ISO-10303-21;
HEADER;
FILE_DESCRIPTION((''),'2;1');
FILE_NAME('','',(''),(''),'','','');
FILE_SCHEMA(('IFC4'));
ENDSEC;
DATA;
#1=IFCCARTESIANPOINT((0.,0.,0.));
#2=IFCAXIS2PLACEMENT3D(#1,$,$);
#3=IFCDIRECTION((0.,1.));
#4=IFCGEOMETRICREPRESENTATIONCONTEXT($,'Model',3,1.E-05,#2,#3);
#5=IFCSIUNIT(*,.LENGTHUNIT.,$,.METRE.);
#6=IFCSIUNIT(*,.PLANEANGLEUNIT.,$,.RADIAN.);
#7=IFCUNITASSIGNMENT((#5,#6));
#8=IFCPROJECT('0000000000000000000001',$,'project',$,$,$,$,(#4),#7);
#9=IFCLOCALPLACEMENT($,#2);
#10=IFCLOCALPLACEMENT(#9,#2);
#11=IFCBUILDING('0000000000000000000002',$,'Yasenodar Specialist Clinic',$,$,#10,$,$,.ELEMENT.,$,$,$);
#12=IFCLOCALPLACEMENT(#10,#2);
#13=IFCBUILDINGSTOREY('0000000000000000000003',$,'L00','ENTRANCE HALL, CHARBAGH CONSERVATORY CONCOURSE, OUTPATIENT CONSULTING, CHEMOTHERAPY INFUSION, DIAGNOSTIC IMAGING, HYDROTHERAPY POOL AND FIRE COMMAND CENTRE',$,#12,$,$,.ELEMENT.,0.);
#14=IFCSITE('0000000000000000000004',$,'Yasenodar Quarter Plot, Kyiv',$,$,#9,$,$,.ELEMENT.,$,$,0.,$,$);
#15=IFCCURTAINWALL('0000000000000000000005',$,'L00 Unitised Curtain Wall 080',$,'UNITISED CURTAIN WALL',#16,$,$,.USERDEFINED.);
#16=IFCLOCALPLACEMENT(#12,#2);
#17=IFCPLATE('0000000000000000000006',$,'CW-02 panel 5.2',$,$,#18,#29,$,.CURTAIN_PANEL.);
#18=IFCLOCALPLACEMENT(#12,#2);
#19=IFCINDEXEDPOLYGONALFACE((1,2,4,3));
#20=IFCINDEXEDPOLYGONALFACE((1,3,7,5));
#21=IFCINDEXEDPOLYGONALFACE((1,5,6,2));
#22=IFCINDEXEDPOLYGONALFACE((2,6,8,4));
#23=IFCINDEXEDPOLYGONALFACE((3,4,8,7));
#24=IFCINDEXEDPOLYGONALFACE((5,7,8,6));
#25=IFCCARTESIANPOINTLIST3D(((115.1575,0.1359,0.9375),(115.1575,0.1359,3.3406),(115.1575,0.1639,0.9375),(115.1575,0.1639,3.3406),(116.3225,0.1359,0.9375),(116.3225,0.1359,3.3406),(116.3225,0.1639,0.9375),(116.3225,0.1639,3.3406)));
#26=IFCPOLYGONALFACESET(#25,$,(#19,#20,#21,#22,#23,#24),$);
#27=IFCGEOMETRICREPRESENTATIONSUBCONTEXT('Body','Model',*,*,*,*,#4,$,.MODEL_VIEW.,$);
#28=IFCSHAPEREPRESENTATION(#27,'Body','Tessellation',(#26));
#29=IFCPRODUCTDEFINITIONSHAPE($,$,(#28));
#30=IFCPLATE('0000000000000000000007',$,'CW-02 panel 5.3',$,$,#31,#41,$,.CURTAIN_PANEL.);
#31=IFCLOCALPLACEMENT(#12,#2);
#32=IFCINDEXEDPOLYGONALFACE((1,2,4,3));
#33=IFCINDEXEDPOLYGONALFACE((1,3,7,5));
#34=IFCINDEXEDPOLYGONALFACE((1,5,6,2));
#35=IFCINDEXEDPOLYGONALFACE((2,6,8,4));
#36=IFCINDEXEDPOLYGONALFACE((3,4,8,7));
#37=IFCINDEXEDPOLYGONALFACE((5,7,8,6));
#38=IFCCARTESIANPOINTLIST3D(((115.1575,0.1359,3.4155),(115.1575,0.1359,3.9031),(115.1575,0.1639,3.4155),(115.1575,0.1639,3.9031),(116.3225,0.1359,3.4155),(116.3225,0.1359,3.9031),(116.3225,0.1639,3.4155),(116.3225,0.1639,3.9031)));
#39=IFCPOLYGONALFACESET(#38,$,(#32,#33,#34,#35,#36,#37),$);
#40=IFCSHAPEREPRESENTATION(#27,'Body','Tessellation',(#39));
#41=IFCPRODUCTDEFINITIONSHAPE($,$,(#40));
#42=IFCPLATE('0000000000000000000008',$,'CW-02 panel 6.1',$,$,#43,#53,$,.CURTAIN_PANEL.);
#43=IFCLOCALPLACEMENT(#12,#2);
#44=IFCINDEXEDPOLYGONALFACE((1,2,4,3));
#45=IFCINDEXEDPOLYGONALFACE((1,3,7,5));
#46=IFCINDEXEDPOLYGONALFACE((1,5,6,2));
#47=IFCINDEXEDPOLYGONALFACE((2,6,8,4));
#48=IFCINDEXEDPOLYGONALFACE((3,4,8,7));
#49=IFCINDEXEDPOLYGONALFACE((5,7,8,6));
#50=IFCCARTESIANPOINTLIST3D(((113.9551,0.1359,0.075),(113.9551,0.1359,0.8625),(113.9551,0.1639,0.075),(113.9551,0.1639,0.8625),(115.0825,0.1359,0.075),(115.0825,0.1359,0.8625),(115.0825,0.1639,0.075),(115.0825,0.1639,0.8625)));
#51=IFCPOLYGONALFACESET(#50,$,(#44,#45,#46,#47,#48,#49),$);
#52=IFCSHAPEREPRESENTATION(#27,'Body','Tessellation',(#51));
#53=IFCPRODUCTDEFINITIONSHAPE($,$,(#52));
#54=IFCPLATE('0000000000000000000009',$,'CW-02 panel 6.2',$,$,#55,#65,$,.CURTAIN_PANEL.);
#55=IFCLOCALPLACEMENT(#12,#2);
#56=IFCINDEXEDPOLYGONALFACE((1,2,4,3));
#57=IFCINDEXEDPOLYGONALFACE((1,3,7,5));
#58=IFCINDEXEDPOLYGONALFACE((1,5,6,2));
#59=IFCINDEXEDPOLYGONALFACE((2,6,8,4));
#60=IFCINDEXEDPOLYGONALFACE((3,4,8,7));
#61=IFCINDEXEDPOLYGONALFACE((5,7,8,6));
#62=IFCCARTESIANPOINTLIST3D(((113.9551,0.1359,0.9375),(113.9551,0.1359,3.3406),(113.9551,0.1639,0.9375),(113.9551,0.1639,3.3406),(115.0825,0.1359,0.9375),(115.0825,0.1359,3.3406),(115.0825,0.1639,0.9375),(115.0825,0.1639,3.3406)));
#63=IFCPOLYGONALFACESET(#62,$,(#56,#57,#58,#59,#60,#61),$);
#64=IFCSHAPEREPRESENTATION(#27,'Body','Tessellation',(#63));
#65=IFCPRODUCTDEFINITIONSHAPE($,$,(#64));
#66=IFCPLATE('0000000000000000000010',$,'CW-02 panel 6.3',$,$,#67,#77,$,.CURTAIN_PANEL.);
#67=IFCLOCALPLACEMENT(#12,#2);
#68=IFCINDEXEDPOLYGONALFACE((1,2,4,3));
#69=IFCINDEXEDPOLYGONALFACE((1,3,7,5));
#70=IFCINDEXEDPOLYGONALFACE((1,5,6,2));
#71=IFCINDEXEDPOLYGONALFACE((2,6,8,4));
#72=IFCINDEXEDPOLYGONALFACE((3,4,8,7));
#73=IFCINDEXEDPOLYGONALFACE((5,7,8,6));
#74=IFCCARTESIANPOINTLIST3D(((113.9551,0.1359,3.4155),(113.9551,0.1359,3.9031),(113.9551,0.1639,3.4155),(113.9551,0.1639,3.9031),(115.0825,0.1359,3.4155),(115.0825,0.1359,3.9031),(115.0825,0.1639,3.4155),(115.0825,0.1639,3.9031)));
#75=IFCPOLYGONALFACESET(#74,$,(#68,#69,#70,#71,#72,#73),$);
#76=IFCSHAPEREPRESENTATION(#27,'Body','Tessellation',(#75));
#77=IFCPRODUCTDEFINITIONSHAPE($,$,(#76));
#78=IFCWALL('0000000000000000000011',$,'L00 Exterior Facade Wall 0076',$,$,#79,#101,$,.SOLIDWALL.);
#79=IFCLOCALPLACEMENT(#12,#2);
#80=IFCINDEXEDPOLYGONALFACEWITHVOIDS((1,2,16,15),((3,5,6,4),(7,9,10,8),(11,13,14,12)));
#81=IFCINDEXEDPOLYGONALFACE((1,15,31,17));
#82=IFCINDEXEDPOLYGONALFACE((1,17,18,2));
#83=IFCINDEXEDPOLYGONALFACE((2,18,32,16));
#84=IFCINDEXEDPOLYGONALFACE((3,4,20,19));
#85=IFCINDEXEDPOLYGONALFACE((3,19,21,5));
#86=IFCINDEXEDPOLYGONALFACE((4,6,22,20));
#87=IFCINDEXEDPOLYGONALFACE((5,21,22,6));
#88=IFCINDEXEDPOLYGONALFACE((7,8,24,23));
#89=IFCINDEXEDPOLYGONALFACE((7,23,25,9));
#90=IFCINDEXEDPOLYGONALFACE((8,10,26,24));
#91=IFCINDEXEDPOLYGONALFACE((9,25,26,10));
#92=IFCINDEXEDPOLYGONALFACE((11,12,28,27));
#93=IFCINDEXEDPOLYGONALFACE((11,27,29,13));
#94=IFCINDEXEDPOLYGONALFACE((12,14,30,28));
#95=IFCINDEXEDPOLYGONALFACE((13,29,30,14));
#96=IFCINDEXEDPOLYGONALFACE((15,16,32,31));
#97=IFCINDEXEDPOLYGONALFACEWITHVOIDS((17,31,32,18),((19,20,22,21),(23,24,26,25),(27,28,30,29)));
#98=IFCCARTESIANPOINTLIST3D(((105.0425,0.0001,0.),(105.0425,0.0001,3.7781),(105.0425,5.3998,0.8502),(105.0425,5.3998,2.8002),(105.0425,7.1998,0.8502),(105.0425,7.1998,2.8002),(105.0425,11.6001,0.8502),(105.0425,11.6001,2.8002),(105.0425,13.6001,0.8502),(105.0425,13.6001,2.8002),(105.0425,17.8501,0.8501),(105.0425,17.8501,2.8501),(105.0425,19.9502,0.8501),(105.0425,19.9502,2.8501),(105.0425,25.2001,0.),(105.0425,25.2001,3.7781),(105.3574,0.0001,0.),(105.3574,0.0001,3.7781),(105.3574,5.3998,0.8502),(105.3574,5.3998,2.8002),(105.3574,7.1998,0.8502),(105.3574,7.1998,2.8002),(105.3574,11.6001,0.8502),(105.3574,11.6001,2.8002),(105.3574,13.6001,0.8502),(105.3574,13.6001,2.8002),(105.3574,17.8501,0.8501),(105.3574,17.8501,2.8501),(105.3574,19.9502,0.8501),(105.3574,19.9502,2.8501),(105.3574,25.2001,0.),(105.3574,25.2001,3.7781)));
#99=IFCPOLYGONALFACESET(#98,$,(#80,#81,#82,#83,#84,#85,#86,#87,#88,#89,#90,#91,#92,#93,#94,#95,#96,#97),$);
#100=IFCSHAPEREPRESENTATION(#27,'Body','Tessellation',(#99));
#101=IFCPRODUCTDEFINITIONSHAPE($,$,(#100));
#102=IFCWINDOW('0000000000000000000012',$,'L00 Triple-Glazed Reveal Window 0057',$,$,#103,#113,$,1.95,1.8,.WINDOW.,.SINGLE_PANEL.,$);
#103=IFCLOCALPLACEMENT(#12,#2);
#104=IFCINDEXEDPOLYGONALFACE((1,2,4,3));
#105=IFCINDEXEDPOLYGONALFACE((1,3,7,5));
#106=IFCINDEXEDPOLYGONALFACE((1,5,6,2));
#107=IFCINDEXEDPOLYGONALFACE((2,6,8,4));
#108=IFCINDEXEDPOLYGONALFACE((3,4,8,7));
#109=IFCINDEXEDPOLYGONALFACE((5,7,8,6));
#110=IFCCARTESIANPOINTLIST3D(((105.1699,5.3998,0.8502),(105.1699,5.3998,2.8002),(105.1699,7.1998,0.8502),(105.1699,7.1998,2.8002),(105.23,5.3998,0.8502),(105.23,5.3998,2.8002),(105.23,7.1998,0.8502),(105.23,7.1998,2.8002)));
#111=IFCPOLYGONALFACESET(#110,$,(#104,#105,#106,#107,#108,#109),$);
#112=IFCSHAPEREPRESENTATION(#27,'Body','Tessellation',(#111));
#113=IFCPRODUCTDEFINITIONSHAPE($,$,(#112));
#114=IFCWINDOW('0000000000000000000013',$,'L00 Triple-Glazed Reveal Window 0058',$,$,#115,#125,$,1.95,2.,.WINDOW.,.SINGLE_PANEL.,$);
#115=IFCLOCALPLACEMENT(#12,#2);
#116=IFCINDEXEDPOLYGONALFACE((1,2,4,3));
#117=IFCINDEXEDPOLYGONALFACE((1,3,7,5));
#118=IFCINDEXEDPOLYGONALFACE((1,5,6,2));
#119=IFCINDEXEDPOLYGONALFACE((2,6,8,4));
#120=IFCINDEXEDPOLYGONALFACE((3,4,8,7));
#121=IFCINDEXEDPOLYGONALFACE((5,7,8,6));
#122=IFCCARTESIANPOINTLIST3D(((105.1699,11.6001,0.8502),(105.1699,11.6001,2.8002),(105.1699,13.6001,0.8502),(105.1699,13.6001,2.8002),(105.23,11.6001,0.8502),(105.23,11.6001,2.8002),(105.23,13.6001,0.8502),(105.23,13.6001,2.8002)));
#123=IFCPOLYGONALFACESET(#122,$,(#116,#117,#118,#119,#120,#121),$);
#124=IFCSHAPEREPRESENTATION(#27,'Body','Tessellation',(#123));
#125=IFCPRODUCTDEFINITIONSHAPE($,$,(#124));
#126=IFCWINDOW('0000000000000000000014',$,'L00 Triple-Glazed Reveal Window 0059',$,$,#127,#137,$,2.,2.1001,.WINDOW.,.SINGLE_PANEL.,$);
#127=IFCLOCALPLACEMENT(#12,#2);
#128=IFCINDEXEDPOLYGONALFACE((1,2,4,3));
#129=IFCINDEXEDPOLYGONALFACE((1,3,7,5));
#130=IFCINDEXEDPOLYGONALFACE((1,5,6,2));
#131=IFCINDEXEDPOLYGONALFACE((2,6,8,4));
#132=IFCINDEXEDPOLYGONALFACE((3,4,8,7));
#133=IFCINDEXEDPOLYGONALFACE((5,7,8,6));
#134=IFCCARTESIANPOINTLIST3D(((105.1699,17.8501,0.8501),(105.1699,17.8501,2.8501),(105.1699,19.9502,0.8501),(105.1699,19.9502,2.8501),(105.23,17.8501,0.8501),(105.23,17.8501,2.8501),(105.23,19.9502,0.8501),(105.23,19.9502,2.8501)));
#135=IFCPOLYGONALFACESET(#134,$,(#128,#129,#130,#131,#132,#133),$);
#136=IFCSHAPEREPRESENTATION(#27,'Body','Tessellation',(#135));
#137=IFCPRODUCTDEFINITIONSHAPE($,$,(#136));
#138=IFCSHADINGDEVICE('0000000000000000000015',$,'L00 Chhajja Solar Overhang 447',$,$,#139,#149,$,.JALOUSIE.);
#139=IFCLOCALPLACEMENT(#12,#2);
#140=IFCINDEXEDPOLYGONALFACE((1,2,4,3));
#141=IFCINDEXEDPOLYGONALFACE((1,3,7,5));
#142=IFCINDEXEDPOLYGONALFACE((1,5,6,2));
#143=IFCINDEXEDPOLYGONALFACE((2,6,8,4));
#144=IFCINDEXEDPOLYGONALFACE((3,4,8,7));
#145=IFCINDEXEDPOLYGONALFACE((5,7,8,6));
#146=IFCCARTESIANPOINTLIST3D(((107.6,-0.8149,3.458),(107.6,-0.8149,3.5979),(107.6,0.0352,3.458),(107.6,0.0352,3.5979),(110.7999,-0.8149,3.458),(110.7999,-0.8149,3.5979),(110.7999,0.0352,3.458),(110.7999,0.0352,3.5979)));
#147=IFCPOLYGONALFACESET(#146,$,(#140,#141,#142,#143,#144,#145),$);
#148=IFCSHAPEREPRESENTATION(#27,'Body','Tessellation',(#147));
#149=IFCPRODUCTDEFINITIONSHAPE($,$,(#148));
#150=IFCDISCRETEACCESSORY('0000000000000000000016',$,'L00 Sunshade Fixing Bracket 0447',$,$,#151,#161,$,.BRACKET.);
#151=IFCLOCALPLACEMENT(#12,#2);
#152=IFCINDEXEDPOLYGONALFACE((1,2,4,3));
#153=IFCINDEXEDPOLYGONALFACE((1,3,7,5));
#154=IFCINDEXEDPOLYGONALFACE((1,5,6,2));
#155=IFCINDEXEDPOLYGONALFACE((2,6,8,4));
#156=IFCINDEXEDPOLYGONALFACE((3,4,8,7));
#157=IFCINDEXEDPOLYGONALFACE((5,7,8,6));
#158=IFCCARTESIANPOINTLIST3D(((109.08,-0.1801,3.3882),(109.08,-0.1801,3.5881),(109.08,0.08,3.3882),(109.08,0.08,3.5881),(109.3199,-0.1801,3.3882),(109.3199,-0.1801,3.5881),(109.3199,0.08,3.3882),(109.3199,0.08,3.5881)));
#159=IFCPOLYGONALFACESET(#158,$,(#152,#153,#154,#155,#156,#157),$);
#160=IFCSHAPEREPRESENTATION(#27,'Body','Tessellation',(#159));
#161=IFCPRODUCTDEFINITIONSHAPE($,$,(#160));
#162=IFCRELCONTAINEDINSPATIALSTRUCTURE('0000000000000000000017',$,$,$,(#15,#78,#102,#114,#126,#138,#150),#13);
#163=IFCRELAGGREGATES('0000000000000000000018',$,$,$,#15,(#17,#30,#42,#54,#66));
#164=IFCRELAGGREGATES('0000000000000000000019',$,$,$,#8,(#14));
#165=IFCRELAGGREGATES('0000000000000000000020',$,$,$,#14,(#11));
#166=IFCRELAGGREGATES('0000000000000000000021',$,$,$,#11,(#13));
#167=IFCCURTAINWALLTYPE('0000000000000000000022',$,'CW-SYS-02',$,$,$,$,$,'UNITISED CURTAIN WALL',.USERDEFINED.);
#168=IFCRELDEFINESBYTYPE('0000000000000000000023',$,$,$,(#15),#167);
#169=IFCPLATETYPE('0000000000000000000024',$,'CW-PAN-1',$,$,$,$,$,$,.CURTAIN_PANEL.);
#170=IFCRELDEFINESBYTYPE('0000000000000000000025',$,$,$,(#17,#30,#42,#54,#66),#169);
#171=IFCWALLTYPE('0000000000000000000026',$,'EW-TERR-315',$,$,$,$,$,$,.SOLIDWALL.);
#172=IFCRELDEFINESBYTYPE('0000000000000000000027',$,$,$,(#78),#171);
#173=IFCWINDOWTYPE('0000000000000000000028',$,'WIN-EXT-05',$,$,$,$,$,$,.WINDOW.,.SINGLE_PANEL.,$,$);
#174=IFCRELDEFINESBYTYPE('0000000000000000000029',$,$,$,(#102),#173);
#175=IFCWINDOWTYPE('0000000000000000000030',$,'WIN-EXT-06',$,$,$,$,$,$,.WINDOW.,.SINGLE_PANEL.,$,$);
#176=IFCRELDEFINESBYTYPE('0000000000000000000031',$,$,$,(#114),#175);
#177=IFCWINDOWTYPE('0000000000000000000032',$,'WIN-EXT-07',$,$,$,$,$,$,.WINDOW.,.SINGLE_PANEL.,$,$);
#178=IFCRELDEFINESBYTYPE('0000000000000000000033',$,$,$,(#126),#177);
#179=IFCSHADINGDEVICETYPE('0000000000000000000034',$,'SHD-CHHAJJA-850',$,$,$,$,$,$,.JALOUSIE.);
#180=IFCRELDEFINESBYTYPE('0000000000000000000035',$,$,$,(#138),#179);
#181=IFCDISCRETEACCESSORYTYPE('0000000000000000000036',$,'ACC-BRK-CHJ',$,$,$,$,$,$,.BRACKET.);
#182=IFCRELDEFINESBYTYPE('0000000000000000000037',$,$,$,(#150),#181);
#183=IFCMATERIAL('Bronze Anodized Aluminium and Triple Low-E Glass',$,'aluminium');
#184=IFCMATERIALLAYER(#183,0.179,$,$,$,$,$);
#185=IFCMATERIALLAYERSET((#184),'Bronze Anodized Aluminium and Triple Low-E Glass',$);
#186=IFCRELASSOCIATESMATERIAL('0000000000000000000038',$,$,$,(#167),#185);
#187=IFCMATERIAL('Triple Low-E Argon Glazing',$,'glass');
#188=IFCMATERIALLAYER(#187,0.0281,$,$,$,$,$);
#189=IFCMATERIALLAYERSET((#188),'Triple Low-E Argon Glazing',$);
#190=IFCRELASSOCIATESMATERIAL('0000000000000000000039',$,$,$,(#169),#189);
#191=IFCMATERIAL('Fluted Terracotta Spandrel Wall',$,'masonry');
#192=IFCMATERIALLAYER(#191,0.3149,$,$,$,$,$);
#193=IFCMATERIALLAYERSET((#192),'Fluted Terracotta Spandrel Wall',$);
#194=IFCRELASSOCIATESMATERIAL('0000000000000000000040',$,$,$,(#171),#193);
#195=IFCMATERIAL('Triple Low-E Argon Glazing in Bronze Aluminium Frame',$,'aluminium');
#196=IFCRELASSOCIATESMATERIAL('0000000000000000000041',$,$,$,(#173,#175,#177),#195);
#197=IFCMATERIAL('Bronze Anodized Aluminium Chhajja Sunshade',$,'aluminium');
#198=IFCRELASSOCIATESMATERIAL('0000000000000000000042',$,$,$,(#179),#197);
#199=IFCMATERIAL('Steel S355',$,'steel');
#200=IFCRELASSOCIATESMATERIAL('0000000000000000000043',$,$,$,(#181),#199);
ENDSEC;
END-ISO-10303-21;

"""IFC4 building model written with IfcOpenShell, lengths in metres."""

from ifc_helpers import new_model, si_unit, direction, frame, frame_2d, origin, origin_2d, place, context, subcontext, project, spatial, rectangle, extrude, material, layer, layer_set, type_object, element, fill, aggregate, save


model = new_model("IFC4")

# Units and contexts
model_context = context("Model", 3, precision=1e-05, world=origin(), true_north=direction((0.0, 1.0)))
body_context = subcontext(model_context, "Body", "Model", "MODEL_VIEW")
ifc_project = project(units=[si_unit("LENGTHUNIT", "METRE"), si_unit("PLANEANGLEUNIT", "RADIAN")], contexts=[model_context])

# Site, building, storey
site_placement = place(None, origin())
site = spatial("IfcSite", under=ifc_project, at=site_placement, Name="Yasenodar Quarter Plot, Kyiv", CompositionType="ELEMENT", RefElevation=0.0)
building_placement = place(site_placement, origin())
building = spatial("IfcBuilding", under=site, at=building_placement, Name="Yasenodar Specialist Clinic", CompositionType="ELEMENT")
storey_placement = place(building_placement, origin())
storey = spatial("IfcBuildingStorey", under=building, at=storey_placement, Name="L00", Description="ENTRANCE HALL, CHARBAGH CONSERVATORY CONCOURSE, OUTPATIENT CONSULTING, CHEMOTHERAPY INFUSION, DIAGNOSTIC IMAGING, HYDROTHERAPY POOL AND FIRE COMMAND CENTRE", CompositionType="ELEMENT", Elevation=0.0)

# Shared definitions
ifc_material_1 = material(Name="Steel S355", Category="steel")

# Curtain wall
ifc_material_2 = material(Name="Bronze Anodized Aluminium and Triple Low-E Glass", Category="aluminium")
ifc_layer_1 = layer(ifc_material_2, 0.179)
ifc_layer_set_1 = layer_set([ifc_layer_1], Name="Bronze Anodized Aluminium and Triple Low-E Glass")
curtain_wall_type = type_object("IfcCurtainWallType", Name="CW-SYS-02", ElementType="UNITISED CURTAIN WALL", PredefinedType="USERDEFINED", material=ifc_layer_set_1)
curtain_wall_placement = place(storey_placement, origin())
curtain_wall = element("IfcCurtainWall", 1, at=curtain_wall_placement, inside=storey, type_object=curtain_wall_type, Name="L00 Unitised Curtain Wall 080", ObjectType="UNITISED CURTAIN WALL", PredefinedType="USERDEFINED")

# Plates
ifc_material_3 = material(Name="Triple Low-E Argon Glazing", Category="glass")
ifc_layer_2 = layer(ifc_material_3, 0.0281)
ifc_layer_set_2 = layer_set([ifc_layer_2], Name="Triple Low-E Argon Glazing")
plate_type = type_object("IfcPlateType", Name="CW-PAN-1", PredefinedType="CURTAIN_PANEL", material=ifc_layer_set_2)
plate_1_placement = place(storey_placement, frame((115.74, 0.1499, 0.9375), z_axis=(0.0, 0.0, 1.0), x_axis=(-1.0, 0.0, 0.0)))
plate_1 = element("IfcPlate", 2, at=plate_1_placement, type_object=plate_type, Name="CW-02 panel 5.2", PredefinedType="CURTAIN_PANEL", context=body_context, shape_type="SweptSolid", body=[
    extrude(rectangle(XDim=1.165, YDim=0.0281, at=origin_2d()), origin(), (0.0, 0.0, 1.0), 2.4031),
])
plate_2_placement = place(storey_placement, frame((115.74, 0.1499, 3.4155), z_axis=(0.0, 0.0, 1.0), x_axis=(-1.0, 0.0, 0.0)))
plate_2 = element("IfcPlate", 3, at=plate_2_placement, type_object=plate_type, Name="CW-02 panel 5.3", PredefinedType="CURTAIN_PANEL", context=body_context, shape_type="SweptSolid", body=[
    extrude(rectangle(XDim=1.165, YDim=0.0281, at=origin_2d()), origin(), (0.0, 0.0, 1.0), 0.4875),
])
plate_3_placement = place(storey_placement, frame((114.5188, 0.1499, 0.075), z_axis=(0.0, 0.0, 1.0), x_axis=(-1.0, 0.0, 0.0)))
plate_3 = element("IfcPlate", 4, at=plate_3_placement, type_object=plate_type, Name="CW-02 panel 6.1", PredefinedType="CURTAIN_PANEL", context=body_context, shape_type="SweptSolid", body=[
    extrude(rectangle(XDim=1.1274, YDim=0.0281, at=origin_2d()), origin(), (0.0, 0.0, 1.0), 0.7876),
])
plate_4_placement = place(storey_placement, frame((114.5188, 0.1499, 0.9375), z_axis=(0.0, 0.0, 1.0), x_axis=(-1.0, 0.0, 0.0)))
plate_4 = element("IfcPlate", 5, at=plate_4_placement, type_object=plate_type, Name="CW-02 panel 6.2", PredefinedType="CURTAIN_PANEL", context=body_context, shape_type="SweptSolid", body=[
    extrude(rectangle(XDim=1.1274, YDim=0.0281, at=origin_2d()), origin(), (0.0, 0.0, 1.0), 2.4031),
])
plate_5_placement = place(storey_placement, frame((114.5188, 0.1499, 3.4155), z_axis=(0.0, 0.0, 1.0), x_axis=(-1.0, 0.0, 0.0)))
plate_5 = element("IfcPlate", 6, at=plate_5_placement, type_object=plate_type, Name="CW-02 panel 6.3", PredefinedType="CURTAIN_PANEL", context=body_context, shape_type="SweptSolid", body=[
    extrude(rectangle(XDim=1.1274, YDim=0.0281, at=origin_2d()), origin(), (0.0, 0.0, 1.0), 0.4875),
])
aggregate(curtain_wall, [plate_1, plate_2, plate_3, plate_4, plate_5])

# Wall, openings, windows
ifc_material_4 = material(Name="Fluted Terracotta Spandrel Wall", Category="masonry")
ifc_layer_3 = layer(ifc_material_4, 0.3149)
ifc_layer_set_3 = layer_set([ifc_layer_3], Name="Fluted Terracotta Spandrel Wall")
wall_type = type_object("IfcWallType", Name="EW-TERR-315", PredefinedType="SOLIDWALL", material=ifc_layer_set_3)
wall_placement = place(storey_placement, frame((105.2, 0.0, 0.0), z_axis=(0.0, 0.0, 1.0), x_axis=(0.0, 1.0, 0.0)))
wall = element("IfcWall", 7, at=wall_placement, inside=storey, type_object=wall_type, Name="L00 Exterior Facade Wall 0076", PredefinedType="SOLIDWALL", context=body_context, shape_type="SweptSolid", body=[
    extrude(rectangle(XDim=25.2, YDim=0.3149, at=frame_2d((12.6001, 0.0))), origin(), (0.0, 0.0, 1.0), 3.7781),
])
opening_1_placement = place(wall_placement, frame((5.3999, 0.0, 0.8501)))
opening_1 = element("IfcOpeningElement", 8, at=opening_1_placement, cuts=wall, PredefinedType="OPENING", context=body_context, shape_type="SweptSolid", body=[
    extrude(rectangle(XDim=1.8, YDim=1.95, at=frame_2d((0.8999, 0.9751))), frame((0.0, 0.1675, 0.0), z_axis=(0.0, -1.0, 0.0), x_axis=(1.0, 0.0, 0.0)), (0.0, 0.0, 1.0), 0.335),
])
opening_2_placement = place(wall_placement, frame((11.6001, 0.0, 0.8501)))
opening_2 = element("IfcOpeningElement", 9, at=opening_2_placement, cuts=wall, PredefinedType="OPENING", context=body_context, shape_type="SweptSolid", body=[
    extrude(rectangle(XDim=2.0, YDim=1.95, at=frame_2d((1.0, 0.9751))), frame((0.0, 0.1675, 0.0), z_axis=(0.0, -1.0, 0.0), x_axis=(1.0, 0.0, 0.0)), (0.0, 0.0, 1.0), 0.335),
])
opening_3_placement = place(wall_placement, frame((17.8501, 0.0, 0.8501)))
opening_3 = element("IfcOpeningElement", 10, at=opening_3_placement, cuts=wall, PredefinedType="OPENING", context=body_context, shape_type="SweptSolid", body=[
    extrude(rectangle(XDim=2.1001, YDim=2.0, at=frame_2d((1.05, 1.0))), frame((0.0, 0.1675, 0.0), z_axis=(0.0, -1.0, 0.0), x_axis=(1.0, 0.0, 0.0)), (0.0, 0.0, 1.0), 0.335),
])
ifc_material_5 = material(Name="Triple Low-E Argon Glazing in Bronze Aluminium Frame", Category="aluminium")
window_type_1 = type_object("IfcWindowType", Name="WIN-EXT-05", PartitioningType="SINGLE_PANEL", PredefinedType="WINDOW", material=ifc_material_5)
window_1_placement = place(opening_1_placement, origin())
window_1 = element("IfcWindow", 11, at=window_1_placement, inside=storey, type_object=window_type_1, Name="L00 Triple-Glazed Reveal Window 0057", OverallHeight=1.95, OverallWidth=1.8, PartitioningType="SINGLE_PANEL", PredefinedType="WINDOW", context=body_context, shape_type="SweptSolid", body=[
    extrude(rectangle(XDim=1.8, YDim=1.95, at=frame_2d((0.8999, 0.9751))), frame((0.0, 0.03, 0.0), z_axis=(0.0, -1.0, 0.0), x_axis=(1.0, 0.0, 0.0)), (0.0, 0.0, 1.0), 0.0601),
])
fill(opening_1, window_1)
window_type_2 = type_object("IfcWindowType", Name="WIN-EXT-06", PartitioningType="SINGLE_PANEL", PredefinedType="WINDOW", material=ifc_material_5)
window_2_placement = place(opening_2_placement, origin())
window_2 = element("IfcWindow", 12, at=window_2_placement, inside=storey, type_object=window_type_2, Name="L00 Triple-Glazed Reveal Window 0058", OverallHeight=1.95, OverallWidth=2.0, PartitioningType="SINGLE_PANEL", PredefinedType="WINDOW", context=body_context, shape_type="SweptSolid", body=[
    extrude(rectangle(XDim=2.0, YDim=1.95, at=frame_2d((1.0, 0.9751))), frame((0.0, 0.03, 0.0), z_axis=(0.0, -1.0, 0.0), x_axis=(1.0, 0.0, 0.0)), (0.0, 0.0, 1.0), 0.0601),
])
fill(opening_2, window_2)
window_type_3 = type_object("IfcWindowType", Name="WIN-EXT-07", PartitioningType="SINGLE_PANEL", PredefinedType="WINDOW", material=ifc_material_5)
window_3_placement = place(opening_3_placement, origin())
window_3 = element("IfcWindow", 13, at=window_3_placement, inside=storey, type_object=window_type_3, Name="L00 Triple-Glazed Reveal Window 0059", OverallHeight=2.0, OverallWidth=2.1001, PartitioningType="SINGLE_PANEL", PredefinedType="WINDOW", context=body_context, shape_type="SweptSolid", body=[
    extrude(rectangle(XDim=2.1001, YDim=2.0, at=frame_2d((1.05, 1.0))), frame((0.0, 0.03, 0.0), z_axis=(0.0, -1.0, 0.0), x_axis=(1.0, 0.0, 0.0)), (0.0, 0.0, 1.0), 0.0601),
])
fill(opening_3, window_3)

# Shading device
ifc_material_6 = material(Name="Bronze Anodized Aluminium Chhajja Sunshade", Category="aluminium")
shading_device_type = type_object("IfcShadingDeviceType", Name="SHD-CHHAJJA-850", PredefinedType="JALOUSIE", material=ifc_material_6)
shading_device_placement = place(storey_placement, frame((109.2, -0.3899, 3.458), z_axis=(0.0, 0.0, 1.0), x_axis=(-1.0, 0.0, 0.0)))
element("IfcShadingDevice", 14, at=shading_device_placement, inside=storey, type_object=shading_device_type, Name="L00 Chhajja Solar Overhang 447", PredefinedType="JALOUSIE", context=body_context, shape_type="SweptSolid", body=[
    extrude(rectangle(XDim=3.2, YDim=0.8501, at=origin_2d()), origin(), (0.0, 0.0, 1.0), 0.1399),
])

# Discrete accessory
discrete_accessory_type = type_object("IfcDiscreteAccessoryType", Name="ACC-BRK-CHJ", PredefinedType="BRACKET", material=ifc_material_1)
discrete_accessory_placement = place(storey_placement, frame((109.2, -0.05, 3.3882), z_axis=(0.0, 0.0, 1.0), x_axis=(-1.0, 0.0, 0.0)))
element("IfcDiscreteAccessory", 15, at=discrete_accessory_placement, inside=storey, type_object=discrete_accessory_type, Name="L00 Sunshade Fixing Bracket 0447", PredefinedType="BRACKET", context=body_context, shape_type="SweptSolid", body=[
    extrude(rectangle(XDim=0.24, YDim=0.26, at=origin_2d()), origin(), (0.0, 0.0, 1.0), 0.2),
])

save(model, "model.ifc")
